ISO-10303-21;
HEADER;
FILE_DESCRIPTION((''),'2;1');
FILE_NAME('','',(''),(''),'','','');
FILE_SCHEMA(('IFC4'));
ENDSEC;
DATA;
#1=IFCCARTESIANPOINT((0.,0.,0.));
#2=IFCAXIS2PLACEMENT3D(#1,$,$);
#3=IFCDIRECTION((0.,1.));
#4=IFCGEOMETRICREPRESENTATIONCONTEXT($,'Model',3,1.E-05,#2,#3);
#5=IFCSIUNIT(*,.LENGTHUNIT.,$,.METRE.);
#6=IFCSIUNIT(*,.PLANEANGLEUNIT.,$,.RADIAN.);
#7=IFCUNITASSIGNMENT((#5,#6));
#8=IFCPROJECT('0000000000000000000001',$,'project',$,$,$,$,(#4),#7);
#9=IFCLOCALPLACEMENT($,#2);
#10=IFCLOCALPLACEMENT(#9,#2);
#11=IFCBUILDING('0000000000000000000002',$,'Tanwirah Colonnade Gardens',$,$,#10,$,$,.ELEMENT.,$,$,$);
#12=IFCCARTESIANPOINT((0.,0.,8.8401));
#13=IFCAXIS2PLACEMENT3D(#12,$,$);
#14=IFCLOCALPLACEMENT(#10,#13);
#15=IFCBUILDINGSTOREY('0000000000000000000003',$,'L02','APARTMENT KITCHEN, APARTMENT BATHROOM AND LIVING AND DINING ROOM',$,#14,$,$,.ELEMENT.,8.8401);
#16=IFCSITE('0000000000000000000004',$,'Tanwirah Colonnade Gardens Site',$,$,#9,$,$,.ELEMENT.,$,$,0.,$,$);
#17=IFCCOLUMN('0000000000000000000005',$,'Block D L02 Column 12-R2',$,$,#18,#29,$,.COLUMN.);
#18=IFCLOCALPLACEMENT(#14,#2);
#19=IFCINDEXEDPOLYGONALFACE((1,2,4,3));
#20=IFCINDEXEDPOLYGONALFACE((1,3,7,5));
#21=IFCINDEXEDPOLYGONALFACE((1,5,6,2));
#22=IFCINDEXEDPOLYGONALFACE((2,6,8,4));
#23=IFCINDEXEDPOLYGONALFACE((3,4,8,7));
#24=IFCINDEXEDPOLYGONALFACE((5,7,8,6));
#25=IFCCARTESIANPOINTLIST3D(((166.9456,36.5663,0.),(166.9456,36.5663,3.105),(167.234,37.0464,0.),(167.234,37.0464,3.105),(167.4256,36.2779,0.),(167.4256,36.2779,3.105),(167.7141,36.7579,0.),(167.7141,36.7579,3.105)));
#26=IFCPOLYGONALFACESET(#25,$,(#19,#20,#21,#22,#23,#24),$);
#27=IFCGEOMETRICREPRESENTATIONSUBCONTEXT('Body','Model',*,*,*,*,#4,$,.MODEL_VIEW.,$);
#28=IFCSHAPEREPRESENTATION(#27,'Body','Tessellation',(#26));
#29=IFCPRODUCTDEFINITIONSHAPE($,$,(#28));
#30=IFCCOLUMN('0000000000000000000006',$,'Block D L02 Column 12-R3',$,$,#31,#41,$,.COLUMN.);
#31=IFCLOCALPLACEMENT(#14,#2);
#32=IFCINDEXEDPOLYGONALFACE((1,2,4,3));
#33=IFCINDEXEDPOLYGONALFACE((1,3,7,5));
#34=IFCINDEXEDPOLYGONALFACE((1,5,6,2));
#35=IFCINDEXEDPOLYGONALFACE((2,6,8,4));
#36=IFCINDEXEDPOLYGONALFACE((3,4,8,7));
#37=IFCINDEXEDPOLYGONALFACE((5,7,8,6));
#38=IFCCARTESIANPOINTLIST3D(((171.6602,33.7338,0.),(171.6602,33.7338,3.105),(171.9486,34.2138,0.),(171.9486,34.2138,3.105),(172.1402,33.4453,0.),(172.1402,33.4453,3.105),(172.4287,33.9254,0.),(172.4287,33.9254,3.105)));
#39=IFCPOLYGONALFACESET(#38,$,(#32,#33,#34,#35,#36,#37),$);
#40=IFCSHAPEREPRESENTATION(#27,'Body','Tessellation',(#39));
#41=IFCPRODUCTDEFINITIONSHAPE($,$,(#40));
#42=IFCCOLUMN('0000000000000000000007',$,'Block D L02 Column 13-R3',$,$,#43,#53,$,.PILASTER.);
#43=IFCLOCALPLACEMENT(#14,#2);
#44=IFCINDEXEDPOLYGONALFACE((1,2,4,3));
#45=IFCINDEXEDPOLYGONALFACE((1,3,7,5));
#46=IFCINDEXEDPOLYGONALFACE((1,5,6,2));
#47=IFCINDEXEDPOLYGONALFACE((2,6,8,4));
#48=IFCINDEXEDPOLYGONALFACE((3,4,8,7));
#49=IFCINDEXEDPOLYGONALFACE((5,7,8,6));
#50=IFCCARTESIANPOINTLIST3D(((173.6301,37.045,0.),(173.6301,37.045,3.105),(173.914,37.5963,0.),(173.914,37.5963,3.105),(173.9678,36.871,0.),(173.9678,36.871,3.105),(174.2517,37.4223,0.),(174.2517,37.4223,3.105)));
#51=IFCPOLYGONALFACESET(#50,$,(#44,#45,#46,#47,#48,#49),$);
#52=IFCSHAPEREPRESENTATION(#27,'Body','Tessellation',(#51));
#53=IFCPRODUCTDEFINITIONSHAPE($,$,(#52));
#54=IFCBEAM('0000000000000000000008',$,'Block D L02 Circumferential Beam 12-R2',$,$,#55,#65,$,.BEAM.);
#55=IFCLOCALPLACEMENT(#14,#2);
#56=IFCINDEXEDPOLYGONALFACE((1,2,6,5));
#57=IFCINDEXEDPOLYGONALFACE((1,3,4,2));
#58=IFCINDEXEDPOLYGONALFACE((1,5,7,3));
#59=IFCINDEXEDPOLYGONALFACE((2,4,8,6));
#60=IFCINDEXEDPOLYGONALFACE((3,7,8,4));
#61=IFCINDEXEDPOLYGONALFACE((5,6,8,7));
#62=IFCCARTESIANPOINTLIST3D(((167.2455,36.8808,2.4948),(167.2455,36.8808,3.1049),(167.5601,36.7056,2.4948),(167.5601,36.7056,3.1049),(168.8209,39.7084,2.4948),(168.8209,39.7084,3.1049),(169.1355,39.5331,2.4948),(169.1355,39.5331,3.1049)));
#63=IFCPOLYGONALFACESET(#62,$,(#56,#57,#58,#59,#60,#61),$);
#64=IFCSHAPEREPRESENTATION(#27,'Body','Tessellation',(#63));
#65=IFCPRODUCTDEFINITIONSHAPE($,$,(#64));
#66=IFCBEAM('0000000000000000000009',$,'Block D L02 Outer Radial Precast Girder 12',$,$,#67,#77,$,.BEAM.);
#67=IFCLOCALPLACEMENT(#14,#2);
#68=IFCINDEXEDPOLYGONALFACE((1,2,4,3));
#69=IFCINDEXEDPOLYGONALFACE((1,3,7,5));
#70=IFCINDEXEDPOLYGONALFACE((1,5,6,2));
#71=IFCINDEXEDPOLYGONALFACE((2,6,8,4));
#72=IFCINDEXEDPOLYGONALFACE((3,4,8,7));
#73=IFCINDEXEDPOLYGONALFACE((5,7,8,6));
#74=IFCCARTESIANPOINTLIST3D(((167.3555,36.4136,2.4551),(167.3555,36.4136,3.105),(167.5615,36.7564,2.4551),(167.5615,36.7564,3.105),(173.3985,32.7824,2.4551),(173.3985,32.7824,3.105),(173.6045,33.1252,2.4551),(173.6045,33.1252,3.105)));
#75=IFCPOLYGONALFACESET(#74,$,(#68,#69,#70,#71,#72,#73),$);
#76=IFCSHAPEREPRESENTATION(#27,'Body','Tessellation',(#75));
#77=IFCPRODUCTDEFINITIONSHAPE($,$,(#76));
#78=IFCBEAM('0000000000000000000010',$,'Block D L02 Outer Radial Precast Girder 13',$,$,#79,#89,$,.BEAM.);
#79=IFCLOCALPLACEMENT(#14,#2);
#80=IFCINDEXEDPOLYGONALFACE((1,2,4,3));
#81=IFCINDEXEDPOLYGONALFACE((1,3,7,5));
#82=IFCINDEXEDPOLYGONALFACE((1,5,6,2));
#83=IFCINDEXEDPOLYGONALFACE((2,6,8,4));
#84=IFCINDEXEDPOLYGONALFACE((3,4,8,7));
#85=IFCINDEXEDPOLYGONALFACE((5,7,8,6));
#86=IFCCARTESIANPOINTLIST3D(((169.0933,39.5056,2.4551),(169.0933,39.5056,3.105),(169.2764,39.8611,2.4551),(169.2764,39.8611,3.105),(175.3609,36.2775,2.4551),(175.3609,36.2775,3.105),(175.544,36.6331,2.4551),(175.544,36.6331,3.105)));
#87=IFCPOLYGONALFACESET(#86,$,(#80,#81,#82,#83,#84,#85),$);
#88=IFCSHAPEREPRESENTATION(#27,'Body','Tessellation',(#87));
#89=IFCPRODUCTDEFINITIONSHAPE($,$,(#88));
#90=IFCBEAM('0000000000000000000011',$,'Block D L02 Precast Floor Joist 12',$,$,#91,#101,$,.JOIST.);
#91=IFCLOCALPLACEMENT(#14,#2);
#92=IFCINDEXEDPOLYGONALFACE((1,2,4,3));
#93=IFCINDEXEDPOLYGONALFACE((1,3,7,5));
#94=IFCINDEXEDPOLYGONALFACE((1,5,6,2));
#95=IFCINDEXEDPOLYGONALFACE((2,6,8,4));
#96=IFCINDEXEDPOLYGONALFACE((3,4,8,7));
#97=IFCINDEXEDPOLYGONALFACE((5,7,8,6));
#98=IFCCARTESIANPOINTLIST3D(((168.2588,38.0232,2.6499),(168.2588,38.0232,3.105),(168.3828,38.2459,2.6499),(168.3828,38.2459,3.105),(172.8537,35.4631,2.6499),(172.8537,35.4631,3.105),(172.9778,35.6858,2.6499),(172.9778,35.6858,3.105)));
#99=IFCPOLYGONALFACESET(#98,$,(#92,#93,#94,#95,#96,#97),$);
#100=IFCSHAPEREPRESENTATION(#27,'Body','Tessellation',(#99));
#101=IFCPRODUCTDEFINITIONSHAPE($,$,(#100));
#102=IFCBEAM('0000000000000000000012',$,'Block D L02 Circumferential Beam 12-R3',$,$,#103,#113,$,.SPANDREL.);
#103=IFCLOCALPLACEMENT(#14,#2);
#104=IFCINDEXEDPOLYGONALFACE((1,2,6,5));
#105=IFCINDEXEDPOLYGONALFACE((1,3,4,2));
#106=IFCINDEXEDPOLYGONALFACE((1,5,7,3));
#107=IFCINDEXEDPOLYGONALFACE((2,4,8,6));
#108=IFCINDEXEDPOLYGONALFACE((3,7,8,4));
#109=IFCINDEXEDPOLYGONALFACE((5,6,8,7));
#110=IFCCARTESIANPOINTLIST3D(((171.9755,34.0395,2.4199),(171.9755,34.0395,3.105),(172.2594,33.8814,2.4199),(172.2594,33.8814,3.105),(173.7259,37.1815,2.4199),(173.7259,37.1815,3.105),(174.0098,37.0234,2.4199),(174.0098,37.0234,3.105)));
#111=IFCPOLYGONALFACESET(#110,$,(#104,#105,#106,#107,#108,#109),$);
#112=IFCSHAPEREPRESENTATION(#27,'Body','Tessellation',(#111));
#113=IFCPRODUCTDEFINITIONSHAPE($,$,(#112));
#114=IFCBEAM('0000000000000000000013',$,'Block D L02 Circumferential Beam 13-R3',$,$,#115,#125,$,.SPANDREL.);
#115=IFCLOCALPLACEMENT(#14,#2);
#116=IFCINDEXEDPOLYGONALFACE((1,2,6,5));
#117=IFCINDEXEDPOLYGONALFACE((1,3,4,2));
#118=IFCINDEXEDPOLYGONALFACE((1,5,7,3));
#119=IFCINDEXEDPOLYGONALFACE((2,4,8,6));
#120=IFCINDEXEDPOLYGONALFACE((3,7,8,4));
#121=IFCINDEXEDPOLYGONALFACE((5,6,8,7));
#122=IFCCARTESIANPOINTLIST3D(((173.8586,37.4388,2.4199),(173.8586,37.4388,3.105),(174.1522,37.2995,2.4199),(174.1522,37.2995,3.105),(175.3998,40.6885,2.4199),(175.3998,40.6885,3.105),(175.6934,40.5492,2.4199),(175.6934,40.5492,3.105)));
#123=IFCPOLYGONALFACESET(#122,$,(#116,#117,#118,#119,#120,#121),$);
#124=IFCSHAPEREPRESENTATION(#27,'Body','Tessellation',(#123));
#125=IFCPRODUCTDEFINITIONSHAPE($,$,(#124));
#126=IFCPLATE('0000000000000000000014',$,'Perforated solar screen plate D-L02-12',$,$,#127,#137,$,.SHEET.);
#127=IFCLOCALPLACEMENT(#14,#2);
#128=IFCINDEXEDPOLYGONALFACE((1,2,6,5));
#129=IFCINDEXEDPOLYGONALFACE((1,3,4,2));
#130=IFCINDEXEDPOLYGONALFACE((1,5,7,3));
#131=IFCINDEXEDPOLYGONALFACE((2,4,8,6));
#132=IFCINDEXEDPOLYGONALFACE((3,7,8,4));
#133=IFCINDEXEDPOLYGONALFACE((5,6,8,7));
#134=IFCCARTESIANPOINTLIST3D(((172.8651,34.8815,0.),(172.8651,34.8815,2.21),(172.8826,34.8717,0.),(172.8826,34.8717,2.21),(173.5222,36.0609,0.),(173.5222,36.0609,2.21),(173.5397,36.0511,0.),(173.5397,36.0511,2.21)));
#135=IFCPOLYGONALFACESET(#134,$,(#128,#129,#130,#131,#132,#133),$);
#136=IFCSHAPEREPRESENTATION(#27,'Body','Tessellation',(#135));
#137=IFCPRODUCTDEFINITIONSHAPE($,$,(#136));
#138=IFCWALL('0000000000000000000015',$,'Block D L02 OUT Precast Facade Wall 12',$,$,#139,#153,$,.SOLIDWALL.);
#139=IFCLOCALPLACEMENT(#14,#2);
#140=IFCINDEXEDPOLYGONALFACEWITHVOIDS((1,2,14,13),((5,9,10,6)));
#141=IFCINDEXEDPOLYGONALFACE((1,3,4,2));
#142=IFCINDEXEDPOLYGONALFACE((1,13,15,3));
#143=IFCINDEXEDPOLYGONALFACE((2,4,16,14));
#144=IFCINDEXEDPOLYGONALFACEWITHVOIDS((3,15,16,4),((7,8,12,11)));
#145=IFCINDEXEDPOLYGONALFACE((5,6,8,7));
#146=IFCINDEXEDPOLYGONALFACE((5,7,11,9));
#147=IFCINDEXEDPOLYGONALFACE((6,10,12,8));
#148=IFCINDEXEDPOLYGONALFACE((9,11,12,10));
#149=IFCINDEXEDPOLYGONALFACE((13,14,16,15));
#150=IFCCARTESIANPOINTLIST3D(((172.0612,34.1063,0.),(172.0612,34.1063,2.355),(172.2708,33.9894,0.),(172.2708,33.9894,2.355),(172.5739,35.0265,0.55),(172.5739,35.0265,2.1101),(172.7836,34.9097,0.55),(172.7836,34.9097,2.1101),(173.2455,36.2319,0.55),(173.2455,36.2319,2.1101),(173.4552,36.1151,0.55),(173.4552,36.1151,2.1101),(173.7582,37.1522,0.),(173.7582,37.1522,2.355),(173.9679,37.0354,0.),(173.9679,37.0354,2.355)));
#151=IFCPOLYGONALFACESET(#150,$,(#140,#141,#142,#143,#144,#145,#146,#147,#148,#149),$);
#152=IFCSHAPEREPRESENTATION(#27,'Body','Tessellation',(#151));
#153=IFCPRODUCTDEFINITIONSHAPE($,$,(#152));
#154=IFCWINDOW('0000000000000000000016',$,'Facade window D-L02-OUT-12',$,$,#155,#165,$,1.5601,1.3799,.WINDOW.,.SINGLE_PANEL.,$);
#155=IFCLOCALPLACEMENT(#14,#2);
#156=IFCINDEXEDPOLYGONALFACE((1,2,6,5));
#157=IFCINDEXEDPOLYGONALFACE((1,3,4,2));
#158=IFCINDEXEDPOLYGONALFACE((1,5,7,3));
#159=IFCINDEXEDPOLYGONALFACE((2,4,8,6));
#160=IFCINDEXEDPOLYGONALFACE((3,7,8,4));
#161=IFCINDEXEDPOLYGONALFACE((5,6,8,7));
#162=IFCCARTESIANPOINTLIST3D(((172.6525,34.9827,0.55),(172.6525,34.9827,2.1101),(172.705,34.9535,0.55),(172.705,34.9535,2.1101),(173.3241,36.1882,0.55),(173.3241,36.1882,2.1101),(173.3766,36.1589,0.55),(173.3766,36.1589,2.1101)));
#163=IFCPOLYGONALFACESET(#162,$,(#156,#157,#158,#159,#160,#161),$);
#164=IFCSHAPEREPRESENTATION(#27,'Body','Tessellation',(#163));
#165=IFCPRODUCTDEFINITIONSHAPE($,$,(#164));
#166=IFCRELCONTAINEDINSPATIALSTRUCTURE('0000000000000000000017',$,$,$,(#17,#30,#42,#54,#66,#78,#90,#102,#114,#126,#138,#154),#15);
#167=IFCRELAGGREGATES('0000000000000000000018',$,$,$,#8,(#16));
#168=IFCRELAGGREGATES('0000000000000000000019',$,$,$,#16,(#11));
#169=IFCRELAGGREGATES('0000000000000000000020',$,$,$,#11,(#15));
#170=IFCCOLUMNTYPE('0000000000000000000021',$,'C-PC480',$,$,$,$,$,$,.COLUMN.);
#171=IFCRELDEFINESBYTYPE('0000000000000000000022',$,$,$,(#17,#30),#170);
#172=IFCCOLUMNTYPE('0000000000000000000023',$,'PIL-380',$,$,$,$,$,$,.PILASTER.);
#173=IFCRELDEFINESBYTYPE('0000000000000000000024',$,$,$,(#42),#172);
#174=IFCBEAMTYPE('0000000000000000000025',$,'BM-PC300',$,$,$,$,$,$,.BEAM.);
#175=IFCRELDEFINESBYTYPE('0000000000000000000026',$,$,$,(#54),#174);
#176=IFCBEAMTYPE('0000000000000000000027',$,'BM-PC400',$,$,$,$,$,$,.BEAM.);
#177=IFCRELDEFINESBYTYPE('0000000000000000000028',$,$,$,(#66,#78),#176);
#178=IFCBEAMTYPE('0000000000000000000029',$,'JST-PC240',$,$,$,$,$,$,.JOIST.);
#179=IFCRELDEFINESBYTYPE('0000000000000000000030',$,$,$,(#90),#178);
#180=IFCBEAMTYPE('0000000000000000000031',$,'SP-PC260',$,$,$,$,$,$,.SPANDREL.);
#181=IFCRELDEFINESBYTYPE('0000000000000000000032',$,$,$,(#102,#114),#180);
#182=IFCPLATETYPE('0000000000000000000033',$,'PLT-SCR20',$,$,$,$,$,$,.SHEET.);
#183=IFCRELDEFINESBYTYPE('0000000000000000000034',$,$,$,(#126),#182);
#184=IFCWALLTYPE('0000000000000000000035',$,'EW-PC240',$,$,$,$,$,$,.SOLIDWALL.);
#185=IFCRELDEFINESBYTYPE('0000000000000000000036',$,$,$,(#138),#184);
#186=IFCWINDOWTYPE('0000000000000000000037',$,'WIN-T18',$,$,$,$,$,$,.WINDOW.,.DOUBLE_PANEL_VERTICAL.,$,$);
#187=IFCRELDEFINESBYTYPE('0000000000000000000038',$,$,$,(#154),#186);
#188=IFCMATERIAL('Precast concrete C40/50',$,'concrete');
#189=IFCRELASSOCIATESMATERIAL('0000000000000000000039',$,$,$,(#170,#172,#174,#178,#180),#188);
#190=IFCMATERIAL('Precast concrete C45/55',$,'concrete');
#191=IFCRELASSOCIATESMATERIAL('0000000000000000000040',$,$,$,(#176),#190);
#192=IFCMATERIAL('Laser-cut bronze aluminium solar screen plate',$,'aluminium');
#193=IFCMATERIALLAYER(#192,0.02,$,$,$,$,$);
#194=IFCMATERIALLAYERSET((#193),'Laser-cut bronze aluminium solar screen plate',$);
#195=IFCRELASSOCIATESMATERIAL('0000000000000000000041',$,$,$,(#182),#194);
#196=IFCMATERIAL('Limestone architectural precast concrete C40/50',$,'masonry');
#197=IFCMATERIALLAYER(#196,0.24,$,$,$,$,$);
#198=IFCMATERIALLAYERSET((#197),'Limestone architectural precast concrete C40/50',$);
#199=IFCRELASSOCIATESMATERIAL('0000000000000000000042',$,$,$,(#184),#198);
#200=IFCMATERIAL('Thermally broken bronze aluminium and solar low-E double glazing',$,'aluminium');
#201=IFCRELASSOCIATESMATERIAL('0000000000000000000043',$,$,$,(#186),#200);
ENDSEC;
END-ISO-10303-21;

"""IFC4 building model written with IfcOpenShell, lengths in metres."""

from ifc_helpers import new_model, si_unit, direction, frame, frame_2d, origin, origin_2d, place, context, subcontext, project, spatial, rectangle, extrude, material, layer, layer_set, material_profile, profile_set, type_object, element, fill, save


model = new_model("IFC4")

# Units and contexts
model_context = context("Model", 3, precision=1e-05, world=origin(), true_north=direction((0.0, 1.0)))
body_context = subcontext(model_context, "Body", "Model", "MODEL_VIEW")
ifc_project = project(units=[si_unit("LENGTHUNIT", "METRE"), si_unit("PLANEANGLEUNIT", "RADIAN")], contexts=[model_context])

# Site, building, storey
site_placement = place(None, origin())
site = spatial("IfcSite", under=ifc_project, at=site_placement, Name="Tanwirah Colonnade Gardens Site", CompositionType="ELEMENT", RefElevation=0.0)
building_placement = place(site_placement, origin())
building = spatial("IfcBuilding", under=site, at=building_placement, Name="Tanwirah Colonnade Gardens", CompositionType="ELEMENT")
storey_placement = place(building_placement, frame((0.0, 0.0, 8.8401)))
storey = spatial("IfcBuildingStorey", under=building, at=storey_placement, Name="L02", Description="APARTMENT KITCHEN, APARTMENT BATHROOM AND LIVING AND DINING ROOM", CompositionType="ELEMENT", Elevation=8.8401)

# Columns
ifc_material_1 = material(Name="Precast concrete C40/50", Category="concrete")
ifc_material_profile_1 = material_profile(ifc_material_1, rectangle(XDim=0.5601, YDim=0.5601, at=origin_2d()), Name="PC-COL 560x560")
ifc_profile_set_1 = profile_set([ifc_material_profile_1], Name="Precast concrete C40/50")
column_type_1 = type_object("IfcColumnType", Name="C-PC480", PredefinedType="COLUMN", material=ifc_profile_set_1)
for number, where, z_axis, x_axis, name in (
    (1, (167.3298, 36.6621, 0.0), (0.0, 0.0, 1.0), (0.857167, -0.515038, 0.0), "Block D L02 Column 12-R2"),
    (2, (172.0444, 33.8296, 0.0), (0.0, 0.0, 1.0), (0.857167, -0.515038, 0.0), "Block D L02 Column 12-R3"),
):
    element("IfcColumn", number, at=place(storey_placement, frame(where, z_axis=z_axis, x_axis=x_axis)), inside=storey, type_object=column_type_1, Name=name, PredefinedType="COLUMN", context=body_context, shape_type="SweptSolid", body=[
        extrude(rectangle(XDim=0.5601, YDim=0.5601, at=origin_2d()), origin(), (0.0, 0.0, 1.0), 3.105),
    ])
ifc_material_profile_2 = material_profile(ifc_material_1, rectangle(XDim=0.3799, YDim=0.6201, at=origin_2d()), Name="PC-PIL 380x620")
ifc_profile_set_2 = profile_set([ifc_material_profile_2], Name="Precast concrete C40/50")
column_type_2 = type_object("IfcColumnType", Name="PIL-380", PredefinedType="PILASTER", material=ifc_profile_set_2)
column_placement = place(storey_placement, frame((173.9409, 37.2336, 0.0), z_axis=(0.0, 0.0, 1.0), x_axis=(0.889017, -0.457874, 0.0)))
element("IfcColumn", 3, at=column_placement, inside=storey, type_object=column_type_2, Name="Block D L02 Column 13-R3", PredefinedType="PILASTER", context=body_context, shape_type="SweptSolid", body=[
    extrude(rectangle(XDim=0.3799, YDim=0.6201, at=origin_2d()), origin(), (0.0, 0.0, 1.0), 3.105),
])

# Beams
ifc_material_profile_3 = material_profile(ifc_material_1, rectangle(XDim=0.3601, YDim=0.6101, at=origin_2d()), Name="PC-BM 360x610")
ifc_profile_set_3 = profile_set([ifc_material_profile_3], Name="Precast concrete C40/50")
beam_type_1 = type_object("IfcBeamType", Name="BM-PC300", PredefinedType="BEAM", material=ifc_profile_set_3)
beam_1_placement = place(storey_placement, frame((167.4028, 36.7932, 2.7998), z_axis=(0.486712, 0.873562, 0.0), x_axis=(-0.873562, 0.486712, 0.0)))
element("IfcBeam", 4, at=beam_1_placement, inside=storey, type_object=beam_type_1, Name="Block D L02 Circumferential Beam 12-R2", PredefinedType="BEAM", context=body_context, shape_type="SweptSolid", body=[
    extrude(rectangle(XDim=0.3601, YDim=0.6101, at=origin_2d()), origin(), (0.0, 0.0, 1.0), 3.2368),
])
ifc_material_2 = material(Name="Precast concrete C45/55", Category="concrete")
ifc_material_profile_4 = material_profile(ifc_material_2, rectangle(XDim=0.3999, YDim=0.6499, at=origin_2d()), Name="PC-BM 400x650")
ifc_profile_set_4 = profile_set([ifc_material_profile_4], Name="Precast concrete C45/55")
beam_type_2 = type_object("IfcBeamType", Name="BM-PC400", PredefinedType="BEAM", material=ifc_profile_set_4)
for number, where, z_axis, x_axis, name in (
    (5, (167.4585, 36.585, 2.78), (0.85716, -0.515051, 0.0), (0.515051, 0.85716, 0.0), "Block D L02 Outer Radial Precast Girder 12"),
    (6, (169.1848, 39.6833, 2.78), (0.889016, -0.457875, 0.0), (0.457875, 0.889016, 0.0), "Block D L02 Outer Radial Precast Girder 13"),
):
    element("IfcBeam", number, at=place(storey_placement, frame(where, z_axis=z_axis, x_axis=x_axis)), inside=storey, type_object=beam_type_2, Name=name, PredefinedType="BEAM", context=body_context, shape_type="SweptSolid", body=[
        extrude(rectangle(XDim=0.3999, YDim=0.6499, at=origin_2d()), origin(), (0.0, 0.0, 1.0), 7.05),
    ])
ifc_material_profile_5 = material_profile(ifc_material_1, rectangle(XDim=0.2549, YDim=0.4551, at=origin_2d()), Name="PC-JST 255x455")
ifc_profile_set_5 = profile_set([ifc_material_profile_5], Name="Precast concrete C40/50")
beam_type_3 = type_object("IfcBeamType", Name="JST-PC240", PredefinedType="JOIST", material=ifc_profile_set_5)
beam_2_placement = place(storey_placement, frame((168.3208, 38.1345, 2.8774), z_axis=(0.873568, -0.486703, 0.0), x_axis=(0.486703, 0.873568, 0.0)))
element("IfcBeam", 7, at=beam_2_placement, inside=storey, type_object=beam_type_3, Name="Block D L02 Precast Floor Joist 12", PredefinedType="JOIST", context=body_context, shape_type="SweptSolid", body=[
    extrude(rectangle(XDim=0.2549, YDim=0.4551, at=origin_2d()), origin(), (0.0, 0.0, 1.0), 5.26),
])
ifc_material_profile_6 = material_profile(ifc_material_1, rectangle(XDim=0.325, YDim=0.6851, at=origin_2d()), Name="PC-SP 325x685")
ifc_profile_set_6 = profile_set([ifc_material_profile_6], Name="Precast concrete C40/50")
beam_type_4 = type_object("IfcBeamType", Name="SP-PC260", PredefinedType="SPANDREL", material=ifc_profile_set_6)
for number, where, z_axis, x_axis, name in (
    (8, (172.1174, 33.9604, 2.7625), (0.48668, 0.87358, 0.0), (-0.87358, 0.48668, 0.0), "Block D L02 Circumferential Beam 12-R3"),
    (9, (174.0054, 37.3691, 2.7625), (0.428518, 0.903533, 0.0), (-0.903533, 0.428518, 0.0), "Block D L02 Circumferential Beam 13-R3"),
):
    element("IfcBeam", number, at=place(storey_placement, frame(where, z_axis=z_axis, x_axis=x_axis)), inside=storey, type_object=beam_type_4, Name=name, PredefinedType="SPANDREL", context=body_context, shape_type="SweptSolid", body=[
        extrude(rectangle(XDim=0.325, YDim=0.6851, at=origin_2d()), origin(), (0.0, 0.0, 1.0), 3.5967),
    ])

# Plate
ifc_material_3 = material(Name="Laser-cut bronze aluminium solar screen plate", Category="aluminium")
ifc_layer_1 = layer(ifc_material_3, 0.02)
ifc_layer_set_1 = layer_set([ifc_layer_1], Name="Laser-cut bronze aluminium solar screen plate")
plate_type = type_object("IfcPlateType", Name="PLT-SCR20", PredefinedType="SHEET", material=ifc_layer_set_1)
plate_placement = place(storey_placement, frame((173.2024, 35.4663, 0.0), z_axis=(0.0, 0.0, 1.0), x_axis=(0.486717, 0.873559, 0.0)))
element("IfcPlate", 10, at=plate_placement, inside=storey, type_object=plate_type, Name="Perforated solar screen plate D-L02-12", PredefinedType="SHEET", context=body_context, shape_type="SweptSolid", body=[
    extrude(rectangle(XDim=1.3501, YDim=0.02, at=origin_2d()), origin(), (0.0, 0.0, 1.0), 2.21),
])

# Wall, opening, window
ifc_material_4 = material(Name="Limestone architectural precast concrete C40/50", Category="masonry")
ifc_layer_2 = layer(ifc_material_4, 0.24)
ifc_layer_set_2 = layer_set([ifc_layer_2], Name="Limestone architectural precast concrete C40/50")
wall_type_1 = type_object("IfcWallType", Name="EW-PC240", PredefinedType="SOLIDWALL", material=ifc_layer_set_2)
wall_1_placement = place(storey_placement, frame((172.166, 34.0479, 0.0), z_axis=(0.0, 0.0, 1.0), x_axis=(0.486707, 0.873565, 0.0)))
wall_1 = element("IfcWall", 11, at=wall_1_placement, inside=storey, type_object=wall_type_1, Name="Block D L02 OUT Precast Facade Wall 12", PredefinedType="SOLIDWALL", context=body_context, shape_type="SweptSolid", body=[
    extrude(rectangle(XDim=3.4868, YDim=0.24, at=frame_2d((1.7434, 0.0))), origin(), (0.0, 0.0, 1.0), 2.355),
])
opening_1_placement = place(wall_1_placement, frame((1.0535, 0.0, 0.55)))
opening_1 = element("IfcOpeningElement", 12, at=opening_1_placement, cuts=wall_1, PredefinedType="OPENING", context=body_context, shape_type="SweptSolid", body=[
    extrude(rectangle(XDim=1.3799, YDim=1.5601, at=frame_2d((0.6899, 0.78))), frame((0.0, 0.1299, 0.0), z_axis=(0.0, -1.0, 0.0), x_axis=(1.0, 0.0, 0.0)), (0.0, 0.0, 1.0), 0.26),
])
ifc_material_5 = material(Name="Thermally broken bronze aluminium and solar low-E double glazing", Category="aluminium")
window_type_1 = type_object("IfcWindowType", Name="WIN-T18", PartitioningType="DOUBLE_PANEL_VERTICAL", PredefinedType="WINDOW", material=ifc_material_5)
window_1_placement = place(opening_1_placement, origin())
window_1 = element("IfcWindow", 13, at=window_1_placement, inside=storey, type_object=window_type_1, Name="Facade window D-L02-OUT-12", OverallHeight=1.5601, OverallWidth=1.3799, PartitioningType="SINGLE_PANEL", PredefinedType="WINDOW", context=body_context, shape_type="SweptSolid", body=[
    extrude(rectangle(XDim=1.3799, YDim=1.5601, at=frame_2d((0.6899, 0.78))), frame((0.0, 0.03, 0.0), z_axis=(0.0, -1.0, 0.0), x_axis=(1.0, 0.0, 0.0)), (0.0, 0.0, 1.0), 0.0601),
])
fill(opening_1, window_1)

save(model, "model.ifc")
